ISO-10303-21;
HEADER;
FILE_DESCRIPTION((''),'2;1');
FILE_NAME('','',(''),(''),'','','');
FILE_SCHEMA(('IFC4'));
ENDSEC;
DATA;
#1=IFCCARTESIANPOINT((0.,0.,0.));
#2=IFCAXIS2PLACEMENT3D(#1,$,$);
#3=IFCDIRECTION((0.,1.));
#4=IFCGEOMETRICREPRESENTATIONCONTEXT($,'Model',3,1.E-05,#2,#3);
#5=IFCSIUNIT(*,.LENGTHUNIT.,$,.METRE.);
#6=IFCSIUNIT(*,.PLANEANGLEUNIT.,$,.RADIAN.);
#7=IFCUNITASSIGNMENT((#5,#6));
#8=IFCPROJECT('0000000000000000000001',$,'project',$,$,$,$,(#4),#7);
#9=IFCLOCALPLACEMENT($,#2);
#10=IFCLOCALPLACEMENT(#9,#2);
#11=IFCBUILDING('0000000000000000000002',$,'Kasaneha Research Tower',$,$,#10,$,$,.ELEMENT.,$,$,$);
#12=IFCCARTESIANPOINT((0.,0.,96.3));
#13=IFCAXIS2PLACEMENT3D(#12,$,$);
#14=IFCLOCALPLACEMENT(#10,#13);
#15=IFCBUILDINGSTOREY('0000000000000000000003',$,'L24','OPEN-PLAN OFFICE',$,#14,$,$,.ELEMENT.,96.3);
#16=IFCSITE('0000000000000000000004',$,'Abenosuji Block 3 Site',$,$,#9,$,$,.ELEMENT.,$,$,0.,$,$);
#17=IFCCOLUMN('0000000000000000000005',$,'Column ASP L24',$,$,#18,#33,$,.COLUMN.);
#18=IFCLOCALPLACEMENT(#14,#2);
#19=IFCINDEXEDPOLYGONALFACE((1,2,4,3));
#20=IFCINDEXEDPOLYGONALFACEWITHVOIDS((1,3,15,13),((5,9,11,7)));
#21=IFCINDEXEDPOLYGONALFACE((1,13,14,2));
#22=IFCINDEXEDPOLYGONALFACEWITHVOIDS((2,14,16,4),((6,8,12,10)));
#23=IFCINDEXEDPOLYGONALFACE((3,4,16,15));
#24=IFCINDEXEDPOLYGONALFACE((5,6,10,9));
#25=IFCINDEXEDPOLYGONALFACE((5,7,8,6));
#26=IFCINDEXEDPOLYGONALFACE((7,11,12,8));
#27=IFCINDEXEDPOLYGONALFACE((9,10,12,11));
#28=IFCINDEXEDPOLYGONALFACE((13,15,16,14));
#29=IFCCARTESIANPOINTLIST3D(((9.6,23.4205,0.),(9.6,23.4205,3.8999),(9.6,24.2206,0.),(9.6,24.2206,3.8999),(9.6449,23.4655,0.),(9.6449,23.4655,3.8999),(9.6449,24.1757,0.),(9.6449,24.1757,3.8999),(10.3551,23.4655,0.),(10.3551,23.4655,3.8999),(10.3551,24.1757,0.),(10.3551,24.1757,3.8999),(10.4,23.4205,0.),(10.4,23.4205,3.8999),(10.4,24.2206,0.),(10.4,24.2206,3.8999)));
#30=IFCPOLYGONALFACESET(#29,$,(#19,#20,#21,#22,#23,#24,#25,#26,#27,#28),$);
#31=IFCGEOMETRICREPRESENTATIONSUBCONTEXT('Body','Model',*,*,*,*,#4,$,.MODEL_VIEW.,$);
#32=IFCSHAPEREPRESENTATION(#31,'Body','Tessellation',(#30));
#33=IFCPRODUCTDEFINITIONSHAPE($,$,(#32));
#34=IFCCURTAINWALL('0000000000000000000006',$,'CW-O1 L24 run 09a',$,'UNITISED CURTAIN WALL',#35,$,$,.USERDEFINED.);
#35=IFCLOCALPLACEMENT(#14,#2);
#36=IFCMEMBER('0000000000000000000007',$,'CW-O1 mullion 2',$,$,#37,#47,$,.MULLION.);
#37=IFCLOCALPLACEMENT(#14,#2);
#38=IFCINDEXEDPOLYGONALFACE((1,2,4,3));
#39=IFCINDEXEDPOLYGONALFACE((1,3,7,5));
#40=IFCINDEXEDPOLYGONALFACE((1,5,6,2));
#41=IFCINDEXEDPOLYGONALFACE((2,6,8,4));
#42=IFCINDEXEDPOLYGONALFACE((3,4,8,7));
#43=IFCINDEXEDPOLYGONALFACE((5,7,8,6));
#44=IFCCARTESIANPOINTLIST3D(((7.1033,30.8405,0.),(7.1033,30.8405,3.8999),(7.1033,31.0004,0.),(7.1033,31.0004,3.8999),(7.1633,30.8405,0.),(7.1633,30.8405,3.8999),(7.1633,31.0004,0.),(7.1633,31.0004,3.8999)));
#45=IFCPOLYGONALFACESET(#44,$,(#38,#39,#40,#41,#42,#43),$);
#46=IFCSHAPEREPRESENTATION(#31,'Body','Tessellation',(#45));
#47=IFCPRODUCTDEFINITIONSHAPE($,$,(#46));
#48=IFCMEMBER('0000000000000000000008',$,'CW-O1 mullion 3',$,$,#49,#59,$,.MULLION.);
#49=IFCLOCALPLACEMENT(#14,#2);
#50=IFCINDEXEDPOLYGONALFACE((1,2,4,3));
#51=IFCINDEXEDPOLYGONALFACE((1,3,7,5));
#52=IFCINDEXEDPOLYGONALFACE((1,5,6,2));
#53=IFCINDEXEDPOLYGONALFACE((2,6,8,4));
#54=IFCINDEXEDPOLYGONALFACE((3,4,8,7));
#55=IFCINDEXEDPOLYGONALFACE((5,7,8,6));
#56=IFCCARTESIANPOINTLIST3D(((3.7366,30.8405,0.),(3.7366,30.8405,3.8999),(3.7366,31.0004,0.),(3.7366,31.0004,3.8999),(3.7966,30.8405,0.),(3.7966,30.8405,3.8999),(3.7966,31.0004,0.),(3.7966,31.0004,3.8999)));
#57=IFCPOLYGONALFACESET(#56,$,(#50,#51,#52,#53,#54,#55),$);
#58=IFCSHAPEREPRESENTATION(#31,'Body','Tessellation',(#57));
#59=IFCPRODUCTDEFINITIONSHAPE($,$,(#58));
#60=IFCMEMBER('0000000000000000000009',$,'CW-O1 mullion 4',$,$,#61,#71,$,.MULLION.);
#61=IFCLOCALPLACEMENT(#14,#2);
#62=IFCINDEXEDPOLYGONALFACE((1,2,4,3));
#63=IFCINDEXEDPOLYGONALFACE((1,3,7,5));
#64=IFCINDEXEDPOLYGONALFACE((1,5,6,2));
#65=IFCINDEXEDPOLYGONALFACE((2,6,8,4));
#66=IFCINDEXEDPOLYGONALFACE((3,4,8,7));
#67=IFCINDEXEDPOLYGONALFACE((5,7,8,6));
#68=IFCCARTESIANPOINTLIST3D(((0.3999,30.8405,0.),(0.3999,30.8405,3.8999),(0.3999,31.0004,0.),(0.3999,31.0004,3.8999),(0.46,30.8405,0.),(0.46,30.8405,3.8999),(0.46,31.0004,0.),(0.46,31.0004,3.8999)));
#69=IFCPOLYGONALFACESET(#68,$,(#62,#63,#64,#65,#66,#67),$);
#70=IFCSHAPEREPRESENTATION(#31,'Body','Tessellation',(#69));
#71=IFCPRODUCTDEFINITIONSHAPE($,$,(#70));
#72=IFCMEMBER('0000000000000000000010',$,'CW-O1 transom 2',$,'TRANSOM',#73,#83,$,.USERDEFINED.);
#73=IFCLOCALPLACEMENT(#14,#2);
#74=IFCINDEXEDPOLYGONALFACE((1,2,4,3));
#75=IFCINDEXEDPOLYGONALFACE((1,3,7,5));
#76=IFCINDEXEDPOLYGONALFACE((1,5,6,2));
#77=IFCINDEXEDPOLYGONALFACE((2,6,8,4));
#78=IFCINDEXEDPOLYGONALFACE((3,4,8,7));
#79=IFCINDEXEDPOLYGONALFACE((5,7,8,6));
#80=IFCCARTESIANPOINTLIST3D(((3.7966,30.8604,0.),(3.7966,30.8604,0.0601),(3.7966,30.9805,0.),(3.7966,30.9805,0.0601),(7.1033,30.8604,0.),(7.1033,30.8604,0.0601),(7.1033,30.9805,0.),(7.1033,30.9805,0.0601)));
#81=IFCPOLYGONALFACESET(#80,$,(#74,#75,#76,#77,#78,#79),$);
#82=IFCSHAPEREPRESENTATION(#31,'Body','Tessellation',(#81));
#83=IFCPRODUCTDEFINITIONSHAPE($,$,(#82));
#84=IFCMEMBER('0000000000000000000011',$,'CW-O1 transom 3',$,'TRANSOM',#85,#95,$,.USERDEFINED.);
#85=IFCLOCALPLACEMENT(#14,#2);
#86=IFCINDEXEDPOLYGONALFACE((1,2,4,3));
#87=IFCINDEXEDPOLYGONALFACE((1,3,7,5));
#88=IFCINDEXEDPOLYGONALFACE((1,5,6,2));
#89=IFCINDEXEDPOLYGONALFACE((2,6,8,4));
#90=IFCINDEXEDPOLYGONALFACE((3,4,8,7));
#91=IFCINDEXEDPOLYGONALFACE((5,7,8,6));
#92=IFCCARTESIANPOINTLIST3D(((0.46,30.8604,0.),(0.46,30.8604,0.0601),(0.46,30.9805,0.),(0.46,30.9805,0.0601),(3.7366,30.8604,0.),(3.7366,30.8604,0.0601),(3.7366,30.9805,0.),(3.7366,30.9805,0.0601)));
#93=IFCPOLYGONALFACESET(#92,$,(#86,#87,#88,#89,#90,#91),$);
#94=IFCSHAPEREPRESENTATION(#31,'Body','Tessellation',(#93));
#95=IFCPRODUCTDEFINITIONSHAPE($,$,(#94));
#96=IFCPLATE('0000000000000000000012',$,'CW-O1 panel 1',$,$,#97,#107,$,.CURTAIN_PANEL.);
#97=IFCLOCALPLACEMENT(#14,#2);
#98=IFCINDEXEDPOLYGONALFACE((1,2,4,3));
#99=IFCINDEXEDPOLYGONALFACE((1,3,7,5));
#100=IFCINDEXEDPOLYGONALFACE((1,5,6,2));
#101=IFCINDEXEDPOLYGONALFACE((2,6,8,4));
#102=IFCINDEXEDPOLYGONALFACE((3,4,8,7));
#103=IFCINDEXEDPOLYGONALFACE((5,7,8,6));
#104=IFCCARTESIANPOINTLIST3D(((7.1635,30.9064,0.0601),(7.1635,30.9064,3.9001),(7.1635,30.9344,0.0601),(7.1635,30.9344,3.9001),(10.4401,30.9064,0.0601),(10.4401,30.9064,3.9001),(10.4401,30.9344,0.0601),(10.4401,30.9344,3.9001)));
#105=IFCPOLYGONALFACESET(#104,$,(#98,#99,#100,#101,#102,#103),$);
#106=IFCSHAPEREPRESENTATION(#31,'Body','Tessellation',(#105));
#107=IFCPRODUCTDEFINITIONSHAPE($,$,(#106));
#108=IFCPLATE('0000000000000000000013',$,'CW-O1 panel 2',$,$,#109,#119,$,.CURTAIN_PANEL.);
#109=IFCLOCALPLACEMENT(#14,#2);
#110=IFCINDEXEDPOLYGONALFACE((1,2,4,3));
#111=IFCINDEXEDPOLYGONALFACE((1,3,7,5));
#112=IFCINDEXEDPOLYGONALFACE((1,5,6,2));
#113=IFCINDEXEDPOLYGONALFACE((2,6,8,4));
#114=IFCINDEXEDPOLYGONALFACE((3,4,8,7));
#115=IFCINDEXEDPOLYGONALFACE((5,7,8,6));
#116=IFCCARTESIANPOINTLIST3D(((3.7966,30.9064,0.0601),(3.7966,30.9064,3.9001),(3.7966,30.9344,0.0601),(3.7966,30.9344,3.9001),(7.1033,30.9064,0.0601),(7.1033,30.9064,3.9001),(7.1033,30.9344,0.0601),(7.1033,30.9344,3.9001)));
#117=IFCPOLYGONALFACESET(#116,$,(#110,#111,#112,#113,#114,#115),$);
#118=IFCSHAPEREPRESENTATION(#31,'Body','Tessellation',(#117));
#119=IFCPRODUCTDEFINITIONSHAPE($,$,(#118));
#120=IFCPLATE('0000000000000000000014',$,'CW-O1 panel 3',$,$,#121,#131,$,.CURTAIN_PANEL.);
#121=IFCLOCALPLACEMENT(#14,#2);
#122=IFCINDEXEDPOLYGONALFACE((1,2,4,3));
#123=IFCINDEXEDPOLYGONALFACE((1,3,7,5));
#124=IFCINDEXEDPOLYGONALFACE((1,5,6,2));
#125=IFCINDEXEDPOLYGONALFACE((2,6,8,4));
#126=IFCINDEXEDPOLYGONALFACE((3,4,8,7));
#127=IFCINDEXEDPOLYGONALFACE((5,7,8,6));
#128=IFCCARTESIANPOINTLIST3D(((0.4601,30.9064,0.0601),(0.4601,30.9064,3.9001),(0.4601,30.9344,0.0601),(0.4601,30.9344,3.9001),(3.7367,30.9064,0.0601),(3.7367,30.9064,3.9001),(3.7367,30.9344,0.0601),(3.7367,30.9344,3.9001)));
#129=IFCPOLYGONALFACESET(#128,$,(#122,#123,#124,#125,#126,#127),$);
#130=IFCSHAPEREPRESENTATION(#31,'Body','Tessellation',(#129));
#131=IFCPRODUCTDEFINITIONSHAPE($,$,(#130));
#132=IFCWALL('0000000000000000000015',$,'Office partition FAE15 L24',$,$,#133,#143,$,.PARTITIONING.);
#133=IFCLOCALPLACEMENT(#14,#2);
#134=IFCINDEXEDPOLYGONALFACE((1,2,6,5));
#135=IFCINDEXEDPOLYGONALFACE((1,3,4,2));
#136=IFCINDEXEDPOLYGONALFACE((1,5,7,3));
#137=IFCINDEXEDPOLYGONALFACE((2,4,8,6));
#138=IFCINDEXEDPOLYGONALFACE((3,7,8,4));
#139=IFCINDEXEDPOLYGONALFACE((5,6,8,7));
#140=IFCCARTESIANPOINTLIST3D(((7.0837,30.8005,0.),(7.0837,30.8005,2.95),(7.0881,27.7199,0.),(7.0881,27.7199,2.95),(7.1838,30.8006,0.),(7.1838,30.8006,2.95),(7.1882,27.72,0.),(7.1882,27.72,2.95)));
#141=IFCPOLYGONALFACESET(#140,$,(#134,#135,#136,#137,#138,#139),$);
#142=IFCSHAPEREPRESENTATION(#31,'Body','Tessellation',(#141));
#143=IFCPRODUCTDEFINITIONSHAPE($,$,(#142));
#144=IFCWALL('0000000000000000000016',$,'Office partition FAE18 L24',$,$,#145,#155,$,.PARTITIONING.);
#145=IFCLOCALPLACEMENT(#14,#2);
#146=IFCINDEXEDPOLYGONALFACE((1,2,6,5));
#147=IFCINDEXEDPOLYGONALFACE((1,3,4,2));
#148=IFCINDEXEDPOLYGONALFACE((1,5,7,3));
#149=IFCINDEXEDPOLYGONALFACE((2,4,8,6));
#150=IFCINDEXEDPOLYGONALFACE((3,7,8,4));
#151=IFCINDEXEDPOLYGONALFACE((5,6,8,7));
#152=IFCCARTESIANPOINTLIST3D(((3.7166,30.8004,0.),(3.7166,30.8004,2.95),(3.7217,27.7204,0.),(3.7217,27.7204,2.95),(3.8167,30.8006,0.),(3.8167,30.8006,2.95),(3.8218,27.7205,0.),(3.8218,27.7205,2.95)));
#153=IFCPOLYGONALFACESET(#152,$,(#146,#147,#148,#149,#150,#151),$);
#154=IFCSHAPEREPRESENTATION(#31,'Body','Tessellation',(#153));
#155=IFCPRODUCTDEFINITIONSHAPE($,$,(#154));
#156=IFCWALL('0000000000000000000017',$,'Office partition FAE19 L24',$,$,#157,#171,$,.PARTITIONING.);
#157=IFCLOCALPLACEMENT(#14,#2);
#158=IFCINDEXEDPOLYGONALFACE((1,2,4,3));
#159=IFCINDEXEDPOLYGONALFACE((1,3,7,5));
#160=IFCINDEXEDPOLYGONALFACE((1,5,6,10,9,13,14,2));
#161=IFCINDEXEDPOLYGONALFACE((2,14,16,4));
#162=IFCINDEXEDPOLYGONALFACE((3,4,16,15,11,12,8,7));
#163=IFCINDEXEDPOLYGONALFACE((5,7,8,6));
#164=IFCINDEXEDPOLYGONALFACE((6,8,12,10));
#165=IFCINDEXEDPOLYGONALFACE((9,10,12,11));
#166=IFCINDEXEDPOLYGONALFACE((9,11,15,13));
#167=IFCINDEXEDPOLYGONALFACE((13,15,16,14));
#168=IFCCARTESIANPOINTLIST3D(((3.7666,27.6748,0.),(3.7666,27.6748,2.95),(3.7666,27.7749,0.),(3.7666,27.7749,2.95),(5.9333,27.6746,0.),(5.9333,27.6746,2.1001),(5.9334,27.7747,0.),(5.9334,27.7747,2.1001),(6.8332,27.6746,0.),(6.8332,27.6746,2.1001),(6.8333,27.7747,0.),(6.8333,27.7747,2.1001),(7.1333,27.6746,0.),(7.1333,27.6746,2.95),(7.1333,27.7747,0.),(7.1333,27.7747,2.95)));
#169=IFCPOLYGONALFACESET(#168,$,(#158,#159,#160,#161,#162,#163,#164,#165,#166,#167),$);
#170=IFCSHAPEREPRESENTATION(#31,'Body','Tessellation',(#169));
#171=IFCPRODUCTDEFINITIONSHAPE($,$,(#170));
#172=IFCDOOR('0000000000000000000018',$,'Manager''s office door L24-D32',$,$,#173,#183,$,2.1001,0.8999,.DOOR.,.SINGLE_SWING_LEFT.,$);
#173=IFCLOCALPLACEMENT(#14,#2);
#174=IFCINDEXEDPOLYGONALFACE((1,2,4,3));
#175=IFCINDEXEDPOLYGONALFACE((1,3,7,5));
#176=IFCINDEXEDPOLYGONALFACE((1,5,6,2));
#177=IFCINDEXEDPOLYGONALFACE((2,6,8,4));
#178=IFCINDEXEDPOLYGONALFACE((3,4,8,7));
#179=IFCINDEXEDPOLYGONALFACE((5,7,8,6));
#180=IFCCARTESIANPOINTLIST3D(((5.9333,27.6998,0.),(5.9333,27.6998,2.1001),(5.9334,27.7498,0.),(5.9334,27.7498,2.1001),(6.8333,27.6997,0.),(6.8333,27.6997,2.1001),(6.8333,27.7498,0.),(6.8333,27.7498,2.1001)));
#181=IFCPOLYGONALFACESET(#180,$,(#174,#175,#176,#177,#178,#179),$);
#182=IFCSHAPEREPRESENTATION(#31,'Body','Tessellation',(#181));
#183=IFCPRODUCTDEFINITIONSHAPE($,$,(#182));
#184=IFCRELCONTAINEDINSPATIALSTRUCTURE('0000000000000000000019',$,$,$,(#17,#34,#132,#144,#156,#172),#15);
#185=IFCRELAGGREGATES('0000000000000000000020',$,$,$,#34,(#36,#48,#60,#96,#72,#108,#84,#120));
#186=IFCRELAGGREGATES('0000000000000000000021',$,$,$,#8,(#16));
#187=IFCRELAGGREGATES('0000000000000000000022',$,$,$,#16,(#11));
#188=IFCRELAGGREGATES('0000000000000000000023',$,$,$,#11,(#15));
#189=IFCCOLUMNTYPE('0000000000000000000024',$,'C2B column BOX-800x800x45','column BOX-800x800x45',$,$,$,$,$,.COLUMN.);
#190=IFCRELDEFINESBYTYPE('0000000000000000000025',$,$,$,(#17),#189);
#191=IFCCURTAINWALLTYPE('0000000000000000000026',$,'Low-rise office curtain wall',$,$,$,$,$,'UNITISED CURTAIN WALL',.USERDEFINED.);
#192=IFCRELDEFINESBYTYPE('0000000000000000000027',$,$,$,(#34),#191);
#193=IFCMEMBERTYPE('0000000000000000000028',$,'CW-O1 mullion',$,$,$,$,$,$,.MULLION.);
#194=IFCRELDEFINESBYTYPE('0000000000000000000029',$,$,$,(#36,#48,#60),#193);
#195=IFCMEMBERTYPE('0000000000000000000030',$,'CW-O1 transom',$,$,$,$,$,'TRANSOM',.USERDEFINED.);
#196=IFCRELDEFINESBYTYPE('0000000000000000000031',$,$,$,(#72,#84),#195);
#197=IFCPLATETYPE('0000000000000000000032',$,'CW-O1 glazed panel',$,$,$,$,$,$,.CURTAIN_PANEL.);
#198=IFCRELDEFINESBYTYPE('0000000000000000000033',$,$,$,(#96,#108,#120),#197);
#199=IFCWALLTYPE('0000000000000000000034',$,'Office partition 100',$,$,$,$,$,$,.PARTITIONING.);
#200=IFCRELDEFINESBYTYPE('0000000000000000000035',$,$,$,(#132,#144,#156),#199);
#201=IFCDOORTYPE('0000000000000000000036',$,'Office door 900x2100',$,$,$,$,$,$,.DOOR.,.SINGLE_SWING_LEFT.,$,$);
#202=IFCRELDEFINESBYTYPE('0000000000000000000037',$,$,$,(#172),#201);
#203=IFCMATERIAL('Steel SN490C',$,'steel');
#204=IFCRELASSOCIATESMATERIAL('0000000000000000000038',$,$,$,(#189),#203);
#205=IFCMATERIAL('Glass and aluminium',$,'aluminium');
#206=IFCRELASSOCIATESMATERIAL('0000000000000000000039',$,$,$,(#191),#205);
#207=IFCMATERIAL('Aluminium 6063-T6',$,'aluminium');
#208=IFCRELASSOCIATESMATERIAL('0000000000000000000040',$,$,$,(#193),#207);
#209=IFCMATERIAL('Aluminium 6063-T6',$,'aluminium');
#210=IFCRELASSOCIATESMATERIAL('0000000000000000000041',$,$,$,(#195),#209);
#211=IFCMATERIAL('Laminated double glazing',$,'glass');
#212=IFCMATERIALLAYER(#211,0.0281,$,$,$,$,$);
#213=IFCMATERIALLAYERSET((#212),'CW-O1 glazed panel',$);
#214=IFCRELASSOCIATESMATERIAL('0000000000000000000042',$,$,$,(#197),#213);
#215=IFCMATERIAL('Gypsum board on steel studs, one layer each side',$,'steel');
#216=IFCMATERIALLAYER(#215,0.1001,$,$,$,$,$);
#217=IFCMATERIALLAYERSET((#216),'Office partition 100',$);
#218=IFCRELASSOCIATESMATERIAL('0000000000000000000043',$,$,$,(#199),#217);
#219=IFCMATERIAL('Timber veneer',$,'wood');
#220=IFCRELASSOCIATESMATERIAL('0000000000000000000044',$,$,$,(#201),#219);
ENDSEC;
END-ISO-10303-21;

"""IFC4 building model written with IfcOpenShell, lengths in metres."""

from ifc_helpers import new_model, si_unit, direction, frame, frame_2d, origin, origin_2d, place, context, subcontext, project, spatial, rectangle, hollow_rectangle, extrude, material, layer, layer_set, material_profile, profile_set, type_object, element, fill, aggregate, save


model = new_model("IFC4")

# Units and contexts
model_context = context("Model", 3, precision=1e-05, world=origin(), true_north=direction((0.0, 1.0)))
body_context = subcontext(model_context, "Body", "Model", "MODEL_VIEW")
ifc_project = project(units=[si_unit("LENGTHUNIT", "METRE"), si_unit("PLANEANGLEUNIT", "RADIAN")], contexts=[model_context])

# Site, building, storey
site_placement = place(None, origin())
site = spatial("IfcSite", under=ifc_project, at=site_placement, Name="Abenosuji Block 3 Site", CompositionType="ELEMENT", RefElevation=0.0)
building_placement = place(site_placement, origin())
building = spatial("IfcBuilding", under=site, at=building_placement, Name="Kasaneha Research Tower", CompositionType="ELEMENT")
storey_placement = place(building_placement, frame((0.0, 0.0, 96.3)))
storey = spatial("IfcBuildingStorey", under=building, at=storey_placement, Name="L24", Description="OPEN-PLAN OFFICE", CompositionType="ELEMENT", Elevation=96.3)

# Column
ifc_material_1 = material(Name="Steel SN490C", Category="steel")
ifc_material_profile_1 = material_profile(ifc_material_1, hollow_rectangle(XDim=0.8, YDim=0.8, WallThickness=0.0449, at=origin_2d()), Name="BOX-800x800x45")
ifc_profile_set_1 = profile_set([ifc_material_profile_1], Name="Steel SN490C")
column_type = type_object("IfcColumnType", Name="C2B column BOX-800x800x45", Description="column BOX-800x800x45", PredefinedType="COLUMN", material=ifc_profile_set_1)
column_placement = place(storey_placement, frame((10.0, 23.8206, 0.0), z_axis=(0.0, 0.0, 1.0), x_axis=(1.0, 0.0, 0.0)))
element("IfcColumn", 1, at=column_placement, inside=storey, type_object=column_type, Name="Column ASP L24", PredefinedType="COLUMN", context=body_context, shape_type="SweptSolid", body=[
    extrude(hollow_rectangle(XDim=0.8, YDim=0.8, WallThickness=0.0449, at=origin_2d()), origin(), (0.0, 0.0, 1.0), 3.8999),
])

# Curtain wall, members, plates
ifc_material_2 = material(Name="Glass and aluminium", Category="aluminium")
curtain_wall_type = type_object("IfcCurtainWallType", Name="Low-rise office curtain wall", ElementType="UNITISED CURTAIN WALL", PredefinedType="USERDEFINED", material=ifc_material_2)
curtain_wall_placement = place(storey_placement, origin())
curtain_wall = element("IfcCurtainWall", 2, at=curtain_wall_placement, inside=storey, type_object=curtain_wall_type, Name="CW-O1 L24 run 09a", ObjectType="UNITISED CURTAIN WALL", PredefinedType="USERDEFINED")
ifc_material_3 = material(Name="Aluminium 6063-T6", Category="aluminium")
ifc_material_profile_2 = material_profile(ifc_material_3, rectangle(XDim=0.0601, YDim=0.1599, at=origin_2d()), Name="CW-O1 mullion 60x160")
ifc_profile_set_2 = profile_set([ifc_material_profile_2], Name="Aluminium 6063-T6")
member_type_1 = type_object("IfcMemberType", Name="CW-O1 mullion", PredefinedType="MULLION", material=ifc_profile_set_2)
member_1_placement = place(storey_placement, frame((7.1333, 30.9204, 0.0), z_axis=(0.0, 0.0, 1.0), x_axis=(-1.0, 0.0, 0.0)))
member_1 = element("IfcMember", 3, at=member_1_placement, type_object=member_type_1, Name="CW-O1 mullion 2", PredefinedType="MULLION", context=body_context, shape_type="SweptSolid", body=[
    extrude(rectangle(XDim=0.0601, YDim=0.1599, at=origin_2d()), origin(), (0.0, 0.0, 1.0), 3.8999),
])
member_2_placement = place(storey_placement, frame((3.7666, 30.9204, 0.0), z_axis=(0.0, 0.0, 1.0), x_axis=(-1.0, 0.0, 0.0)))
member_2 = element("IfcMember", 4, at=member_2_placement, type_object=member_type_1, Name="CW-O1 mullion 3", PredefinedType="MULLION", context=body_context, shape_type="SweptSolid", body=[
    extrude(rectangle(XDim=0.0601, YDim=0.1599, at=origin_2d()), origin(), (0.0, 0.0, 1.0), 3.8999),
])
member_3_placement = place(storey_placement, frame((0.4299, 30.9204, 0.0), z_axis=(0.0, 0.0, 1.0), x_axis=(-1.0, 0.0, 0.0)))
member_3 = element("IfcMember", 5, at=member_3_placement, type_object=member_type_1, Name="CW-O1 mullion 4", PredefinedType="MULLION", context=body_context, shape_type="SweptSolid", body=[
    extrude(rectangle(XDim=0.0601, YDim=0.1599, at=origin_2d()), origin(), (0.0, 0.0, 1.0), 3.8999),
])
ifc_material_4 = material(Name="Aluminium 6063-T6", Category="aluminium")
ifc_material_profile_3 = material_profile(ifc_material_4, rectangle(XDim=0.1201, YDim=0.0601, at=origin_2d()), Name="CW-O1 transom 120x60")
ifc_profile_set_3 = profile_set([ifc_material_profile_3], Name="Aluminium 6063-T6")
member_type_2 = type_object("IfcMemberType", Name="CW-O1 transom", ElementType="TRANSOM", PredefinedType="USERDEFINED", material=ifc_profile_set_3)
member_4_placement = place(storey_placement, frame((7.1033, 30.9204, 0.03), z_axis=(-1.0, 0.0, 0.0), x_axis=(0.0, -1.0, 0.0)))
member_4 = element("IfcMember", 6, at=member_4_placement, type_object=member_type_2, Name="CW-O1 transom 2", ObjectType="TRANSOM", PredefinedType="USERDEFINED", context=body_context, shape_type="SweptSolid", body=[
    extrude(rectangle(XDim=0.1201, YDim=0.0601, at=origin_2d()), origin(), (0.0, 0.0, 1.0), 3.3066),
])
member_5_placement = place(storey_placement, frame((3.7366, 30.9204, 0.03), z_axis=(-1.0, 0.0, 0.0), x_axis=(0.0, -1.0, 0.0)))
member_5 = element("IfcMember", 7, at=member_5_placement, type_object=member_type_2, Name="CW-O1 transom 3", ObjectType="TRANSOM", PredefinedType="USERDEFINED", context=body_context, shape_type="SweptSolid", body=[
    extrude(rectangle(XDim=0.1201, YDim=0.0601, at=origin_2d()), origin(), (0.0, 0.0, 1.0), 3.2766),
])
ifc_material_5 = material(Name="Laminated double glazing", Category="glass")
ifc_layer_1 = layer(ifc_material_5, 0.0281)
ifc_layer_set_1 = layer_set([ifc_layer_1], Name="CW-O1 glazed panel")
plate_type = type_object("IfcPlateType", Name="CW-O1 glazed panel", PredefinedType="CURTAIN_PANEL", material=ifc_layer_set_1)
plate_1_placement = place(storey_placement, frame((8.8018, 30.9204, 0.0601), z_axis=(0.0, 0.0, 1.0), x_axis=(-1.0, 0.0, 0.0)))
plate_1 = element("IfcPlate", 8, at=plate_1_placement, type_object=plate_type, Name="CW-O1 panel 1", PredefinedType="CURTAIN_PANEL", context=body_context, shape_type="SweptSolid", body=[
    extrude(rectangle(XDim=3.2766, YDim=0.0281, at=origin_2d()), origin(), (0.0, 0.0, 1.0), 3.8401),
])
plate_2_placement = place(storey_placement, frame((5.45, 30.9204, 0.0601), z_axis=(0.0, 0.0, 1.0), x_axis=(-1.0, 0.0, 0.0)))
plate_2 = element("IfcPlate", 9, at=plate_2_placement, type_object=plate_type, Name="CW-O1 panel 2", PredefinedType="CURTAIN_PANEL", context=body_context, shape_type="SweptSolid", body=[
    extrude(rectangle(XDim=3.3066, YDim=0.0281, at=origin_2d()), origin(), (0.0, 0.0, 1.0), 3.8401),
])
plate_3_placement = place(storey_placement, frame((2.0984, 30.9204, 0.0601), z_axis=(0.0, 0.0, 1.0), x_axis=(-1.0, 0.0, 0.0)))
plate_3 = element("IfcPlate", 10, at=plate_3_placement, type_object=plate_type, Name="CW-O1 panel 3", PredefinedType="CURTAIN_PANEL", context=body_context, shape_type="SweptSolid", body=[
    extrude(rectangle(XDim=3.2766, YDim=0.0281, at=origin_2d()), origin(), (0.0, 0.0, 1.0), 3.8401),
])
aggregate(curtain_wall, [member_1, member_2, member_3, plate_1, member_4, plate_2, member_5, plate_3])

# Walls
ifc_material_6 = material(Name="Gypsum board on steel studs, one layer each side", Category="steel")
ifc_layer_2 = layer(ifc_material_6, 0.1001)
ifc_layer_set_2 = layer_set([ifc_layer_2], Name="Office partition 100")
wall_type = type_object("IfcWallType", Name="Office partition 100", PredefinedType="PARTITIONING", material=ifc_layer_set_2)
wall_1_placement = place(storey_placement, frame((7.1382, 27.72, 0.0), z_axis=(0.0, 0.0, 1.0), x_axis=(-0.001427, 0.999999, 0.0)))
element("IfcWall", 11, at=wall_1_placement, inside=storey, type_object=wall_type, Name="Office partition FAE15 L24", PredefinedType="PARTITIONING", context=body_context, shape_type="SweptSolid", body=[
    extrude(rectangle(XDim=3.0806, YDim=0.1001, at=frame_2d((1.5403, 0.0))), origin(), (0.0, 0.0, 1.0), 2.95),
])
wall_2_placement = place(storey_placement, frame((3.7717, 27.7205, 0.0), z_axis=(0.0, 0.0, 1.0), x_axis=(-0.001665, 0.999999, 0.0)))
element("IfcWall", 12, at=wall_2_placement, inside=storey, type_object=wall_type, Name="Office partition FAE18 L24", PredefinedType="PARTITIONING", context=body_context, shape_type="SweptSolid", body=[
    extrude(rectangle(XDim=3.0801, YDim=0.1001, at=frame_2d((1.54, 0.0))), origin(), (0.0, 0.0, 1.0), 2.95),
])

# Wall, opening, door
wall_3_placement = place(storey_placement, frame((7.1333, 27.7246, 0.0), z_axis=(0.0, 0.0, 1.0), x_axis=(-1.0, 0.000073, 0.0)))
wall_3 = element("IfcWall", 13, at=wall_3_placement, inside=storey, type_object=wall_type, Name="Office partition FAE19 L24", PredefinedType="PARTITIONING", context=body_context, shape_type="SweptSolid", body=[
    extrude(rectangle(XDim=3.3667, YDim=0.1001, at=frame_2d((1.6833, 0.0))), origin(), (0.0, 0.0, 1.0), 2.95),
])
opening_1_placement = place(wall_3_placement, frame((0.3, 0.0, 0.0)))
opening_1 = element("IfcOpeningElement", 14, at=opening_1_placement, cuts=wall_3, PredefinedType="OPENING", context=body_context, shape_type="SweptSolid", body=[
    extrude(rectangle(XDim=0.8999, YDim=2.1001, at=frame_2d((0.45, 1.05))), frame((0.0, 0.0601, 0.0), z_axis=(0.0, -1.0, 0.0), x_axis=(1.0, 0.0, 0.0)), (0.0, 0.0, 1.0), 0.1201),
])
ifc_material_7 = material(Name="Timber veneer", Category="wood")
door_type = type_object("IfcDoorType", Name="Office door 900x2100", OperationType="SINGLE_SWING_LEFT", PredefinedType="DOOR", material=ifc_material_7)
door_1_placement = place(opening_1_placement, origin())
door_1 = element("IfcDoor", 15, at=door_1_placement, inside=storey, type_object=door_type, Name="Manager's office door L24-D32", OperationType="SINGLE_SWING_LEFT", OverallHeight=2.1001, OverallWidth=0.8999, PredefinedType="DOOR", context=body_context, shape_type="SweptSolid", body=[
    extrude(rectangle(XDim=0.8999, YDim=2.1001, at=frame_2d((0.45, 1.05))), frame((0.0, 0.0249, 0.0), z_axis=(0.0, -1.0, 0.0), x_axis=(1.0, 0.0, 0.0)), (0.0, 0.0, 1.0), 0.05),
])
fill(opening_1, door_1)

save(model, "model.ifc")
